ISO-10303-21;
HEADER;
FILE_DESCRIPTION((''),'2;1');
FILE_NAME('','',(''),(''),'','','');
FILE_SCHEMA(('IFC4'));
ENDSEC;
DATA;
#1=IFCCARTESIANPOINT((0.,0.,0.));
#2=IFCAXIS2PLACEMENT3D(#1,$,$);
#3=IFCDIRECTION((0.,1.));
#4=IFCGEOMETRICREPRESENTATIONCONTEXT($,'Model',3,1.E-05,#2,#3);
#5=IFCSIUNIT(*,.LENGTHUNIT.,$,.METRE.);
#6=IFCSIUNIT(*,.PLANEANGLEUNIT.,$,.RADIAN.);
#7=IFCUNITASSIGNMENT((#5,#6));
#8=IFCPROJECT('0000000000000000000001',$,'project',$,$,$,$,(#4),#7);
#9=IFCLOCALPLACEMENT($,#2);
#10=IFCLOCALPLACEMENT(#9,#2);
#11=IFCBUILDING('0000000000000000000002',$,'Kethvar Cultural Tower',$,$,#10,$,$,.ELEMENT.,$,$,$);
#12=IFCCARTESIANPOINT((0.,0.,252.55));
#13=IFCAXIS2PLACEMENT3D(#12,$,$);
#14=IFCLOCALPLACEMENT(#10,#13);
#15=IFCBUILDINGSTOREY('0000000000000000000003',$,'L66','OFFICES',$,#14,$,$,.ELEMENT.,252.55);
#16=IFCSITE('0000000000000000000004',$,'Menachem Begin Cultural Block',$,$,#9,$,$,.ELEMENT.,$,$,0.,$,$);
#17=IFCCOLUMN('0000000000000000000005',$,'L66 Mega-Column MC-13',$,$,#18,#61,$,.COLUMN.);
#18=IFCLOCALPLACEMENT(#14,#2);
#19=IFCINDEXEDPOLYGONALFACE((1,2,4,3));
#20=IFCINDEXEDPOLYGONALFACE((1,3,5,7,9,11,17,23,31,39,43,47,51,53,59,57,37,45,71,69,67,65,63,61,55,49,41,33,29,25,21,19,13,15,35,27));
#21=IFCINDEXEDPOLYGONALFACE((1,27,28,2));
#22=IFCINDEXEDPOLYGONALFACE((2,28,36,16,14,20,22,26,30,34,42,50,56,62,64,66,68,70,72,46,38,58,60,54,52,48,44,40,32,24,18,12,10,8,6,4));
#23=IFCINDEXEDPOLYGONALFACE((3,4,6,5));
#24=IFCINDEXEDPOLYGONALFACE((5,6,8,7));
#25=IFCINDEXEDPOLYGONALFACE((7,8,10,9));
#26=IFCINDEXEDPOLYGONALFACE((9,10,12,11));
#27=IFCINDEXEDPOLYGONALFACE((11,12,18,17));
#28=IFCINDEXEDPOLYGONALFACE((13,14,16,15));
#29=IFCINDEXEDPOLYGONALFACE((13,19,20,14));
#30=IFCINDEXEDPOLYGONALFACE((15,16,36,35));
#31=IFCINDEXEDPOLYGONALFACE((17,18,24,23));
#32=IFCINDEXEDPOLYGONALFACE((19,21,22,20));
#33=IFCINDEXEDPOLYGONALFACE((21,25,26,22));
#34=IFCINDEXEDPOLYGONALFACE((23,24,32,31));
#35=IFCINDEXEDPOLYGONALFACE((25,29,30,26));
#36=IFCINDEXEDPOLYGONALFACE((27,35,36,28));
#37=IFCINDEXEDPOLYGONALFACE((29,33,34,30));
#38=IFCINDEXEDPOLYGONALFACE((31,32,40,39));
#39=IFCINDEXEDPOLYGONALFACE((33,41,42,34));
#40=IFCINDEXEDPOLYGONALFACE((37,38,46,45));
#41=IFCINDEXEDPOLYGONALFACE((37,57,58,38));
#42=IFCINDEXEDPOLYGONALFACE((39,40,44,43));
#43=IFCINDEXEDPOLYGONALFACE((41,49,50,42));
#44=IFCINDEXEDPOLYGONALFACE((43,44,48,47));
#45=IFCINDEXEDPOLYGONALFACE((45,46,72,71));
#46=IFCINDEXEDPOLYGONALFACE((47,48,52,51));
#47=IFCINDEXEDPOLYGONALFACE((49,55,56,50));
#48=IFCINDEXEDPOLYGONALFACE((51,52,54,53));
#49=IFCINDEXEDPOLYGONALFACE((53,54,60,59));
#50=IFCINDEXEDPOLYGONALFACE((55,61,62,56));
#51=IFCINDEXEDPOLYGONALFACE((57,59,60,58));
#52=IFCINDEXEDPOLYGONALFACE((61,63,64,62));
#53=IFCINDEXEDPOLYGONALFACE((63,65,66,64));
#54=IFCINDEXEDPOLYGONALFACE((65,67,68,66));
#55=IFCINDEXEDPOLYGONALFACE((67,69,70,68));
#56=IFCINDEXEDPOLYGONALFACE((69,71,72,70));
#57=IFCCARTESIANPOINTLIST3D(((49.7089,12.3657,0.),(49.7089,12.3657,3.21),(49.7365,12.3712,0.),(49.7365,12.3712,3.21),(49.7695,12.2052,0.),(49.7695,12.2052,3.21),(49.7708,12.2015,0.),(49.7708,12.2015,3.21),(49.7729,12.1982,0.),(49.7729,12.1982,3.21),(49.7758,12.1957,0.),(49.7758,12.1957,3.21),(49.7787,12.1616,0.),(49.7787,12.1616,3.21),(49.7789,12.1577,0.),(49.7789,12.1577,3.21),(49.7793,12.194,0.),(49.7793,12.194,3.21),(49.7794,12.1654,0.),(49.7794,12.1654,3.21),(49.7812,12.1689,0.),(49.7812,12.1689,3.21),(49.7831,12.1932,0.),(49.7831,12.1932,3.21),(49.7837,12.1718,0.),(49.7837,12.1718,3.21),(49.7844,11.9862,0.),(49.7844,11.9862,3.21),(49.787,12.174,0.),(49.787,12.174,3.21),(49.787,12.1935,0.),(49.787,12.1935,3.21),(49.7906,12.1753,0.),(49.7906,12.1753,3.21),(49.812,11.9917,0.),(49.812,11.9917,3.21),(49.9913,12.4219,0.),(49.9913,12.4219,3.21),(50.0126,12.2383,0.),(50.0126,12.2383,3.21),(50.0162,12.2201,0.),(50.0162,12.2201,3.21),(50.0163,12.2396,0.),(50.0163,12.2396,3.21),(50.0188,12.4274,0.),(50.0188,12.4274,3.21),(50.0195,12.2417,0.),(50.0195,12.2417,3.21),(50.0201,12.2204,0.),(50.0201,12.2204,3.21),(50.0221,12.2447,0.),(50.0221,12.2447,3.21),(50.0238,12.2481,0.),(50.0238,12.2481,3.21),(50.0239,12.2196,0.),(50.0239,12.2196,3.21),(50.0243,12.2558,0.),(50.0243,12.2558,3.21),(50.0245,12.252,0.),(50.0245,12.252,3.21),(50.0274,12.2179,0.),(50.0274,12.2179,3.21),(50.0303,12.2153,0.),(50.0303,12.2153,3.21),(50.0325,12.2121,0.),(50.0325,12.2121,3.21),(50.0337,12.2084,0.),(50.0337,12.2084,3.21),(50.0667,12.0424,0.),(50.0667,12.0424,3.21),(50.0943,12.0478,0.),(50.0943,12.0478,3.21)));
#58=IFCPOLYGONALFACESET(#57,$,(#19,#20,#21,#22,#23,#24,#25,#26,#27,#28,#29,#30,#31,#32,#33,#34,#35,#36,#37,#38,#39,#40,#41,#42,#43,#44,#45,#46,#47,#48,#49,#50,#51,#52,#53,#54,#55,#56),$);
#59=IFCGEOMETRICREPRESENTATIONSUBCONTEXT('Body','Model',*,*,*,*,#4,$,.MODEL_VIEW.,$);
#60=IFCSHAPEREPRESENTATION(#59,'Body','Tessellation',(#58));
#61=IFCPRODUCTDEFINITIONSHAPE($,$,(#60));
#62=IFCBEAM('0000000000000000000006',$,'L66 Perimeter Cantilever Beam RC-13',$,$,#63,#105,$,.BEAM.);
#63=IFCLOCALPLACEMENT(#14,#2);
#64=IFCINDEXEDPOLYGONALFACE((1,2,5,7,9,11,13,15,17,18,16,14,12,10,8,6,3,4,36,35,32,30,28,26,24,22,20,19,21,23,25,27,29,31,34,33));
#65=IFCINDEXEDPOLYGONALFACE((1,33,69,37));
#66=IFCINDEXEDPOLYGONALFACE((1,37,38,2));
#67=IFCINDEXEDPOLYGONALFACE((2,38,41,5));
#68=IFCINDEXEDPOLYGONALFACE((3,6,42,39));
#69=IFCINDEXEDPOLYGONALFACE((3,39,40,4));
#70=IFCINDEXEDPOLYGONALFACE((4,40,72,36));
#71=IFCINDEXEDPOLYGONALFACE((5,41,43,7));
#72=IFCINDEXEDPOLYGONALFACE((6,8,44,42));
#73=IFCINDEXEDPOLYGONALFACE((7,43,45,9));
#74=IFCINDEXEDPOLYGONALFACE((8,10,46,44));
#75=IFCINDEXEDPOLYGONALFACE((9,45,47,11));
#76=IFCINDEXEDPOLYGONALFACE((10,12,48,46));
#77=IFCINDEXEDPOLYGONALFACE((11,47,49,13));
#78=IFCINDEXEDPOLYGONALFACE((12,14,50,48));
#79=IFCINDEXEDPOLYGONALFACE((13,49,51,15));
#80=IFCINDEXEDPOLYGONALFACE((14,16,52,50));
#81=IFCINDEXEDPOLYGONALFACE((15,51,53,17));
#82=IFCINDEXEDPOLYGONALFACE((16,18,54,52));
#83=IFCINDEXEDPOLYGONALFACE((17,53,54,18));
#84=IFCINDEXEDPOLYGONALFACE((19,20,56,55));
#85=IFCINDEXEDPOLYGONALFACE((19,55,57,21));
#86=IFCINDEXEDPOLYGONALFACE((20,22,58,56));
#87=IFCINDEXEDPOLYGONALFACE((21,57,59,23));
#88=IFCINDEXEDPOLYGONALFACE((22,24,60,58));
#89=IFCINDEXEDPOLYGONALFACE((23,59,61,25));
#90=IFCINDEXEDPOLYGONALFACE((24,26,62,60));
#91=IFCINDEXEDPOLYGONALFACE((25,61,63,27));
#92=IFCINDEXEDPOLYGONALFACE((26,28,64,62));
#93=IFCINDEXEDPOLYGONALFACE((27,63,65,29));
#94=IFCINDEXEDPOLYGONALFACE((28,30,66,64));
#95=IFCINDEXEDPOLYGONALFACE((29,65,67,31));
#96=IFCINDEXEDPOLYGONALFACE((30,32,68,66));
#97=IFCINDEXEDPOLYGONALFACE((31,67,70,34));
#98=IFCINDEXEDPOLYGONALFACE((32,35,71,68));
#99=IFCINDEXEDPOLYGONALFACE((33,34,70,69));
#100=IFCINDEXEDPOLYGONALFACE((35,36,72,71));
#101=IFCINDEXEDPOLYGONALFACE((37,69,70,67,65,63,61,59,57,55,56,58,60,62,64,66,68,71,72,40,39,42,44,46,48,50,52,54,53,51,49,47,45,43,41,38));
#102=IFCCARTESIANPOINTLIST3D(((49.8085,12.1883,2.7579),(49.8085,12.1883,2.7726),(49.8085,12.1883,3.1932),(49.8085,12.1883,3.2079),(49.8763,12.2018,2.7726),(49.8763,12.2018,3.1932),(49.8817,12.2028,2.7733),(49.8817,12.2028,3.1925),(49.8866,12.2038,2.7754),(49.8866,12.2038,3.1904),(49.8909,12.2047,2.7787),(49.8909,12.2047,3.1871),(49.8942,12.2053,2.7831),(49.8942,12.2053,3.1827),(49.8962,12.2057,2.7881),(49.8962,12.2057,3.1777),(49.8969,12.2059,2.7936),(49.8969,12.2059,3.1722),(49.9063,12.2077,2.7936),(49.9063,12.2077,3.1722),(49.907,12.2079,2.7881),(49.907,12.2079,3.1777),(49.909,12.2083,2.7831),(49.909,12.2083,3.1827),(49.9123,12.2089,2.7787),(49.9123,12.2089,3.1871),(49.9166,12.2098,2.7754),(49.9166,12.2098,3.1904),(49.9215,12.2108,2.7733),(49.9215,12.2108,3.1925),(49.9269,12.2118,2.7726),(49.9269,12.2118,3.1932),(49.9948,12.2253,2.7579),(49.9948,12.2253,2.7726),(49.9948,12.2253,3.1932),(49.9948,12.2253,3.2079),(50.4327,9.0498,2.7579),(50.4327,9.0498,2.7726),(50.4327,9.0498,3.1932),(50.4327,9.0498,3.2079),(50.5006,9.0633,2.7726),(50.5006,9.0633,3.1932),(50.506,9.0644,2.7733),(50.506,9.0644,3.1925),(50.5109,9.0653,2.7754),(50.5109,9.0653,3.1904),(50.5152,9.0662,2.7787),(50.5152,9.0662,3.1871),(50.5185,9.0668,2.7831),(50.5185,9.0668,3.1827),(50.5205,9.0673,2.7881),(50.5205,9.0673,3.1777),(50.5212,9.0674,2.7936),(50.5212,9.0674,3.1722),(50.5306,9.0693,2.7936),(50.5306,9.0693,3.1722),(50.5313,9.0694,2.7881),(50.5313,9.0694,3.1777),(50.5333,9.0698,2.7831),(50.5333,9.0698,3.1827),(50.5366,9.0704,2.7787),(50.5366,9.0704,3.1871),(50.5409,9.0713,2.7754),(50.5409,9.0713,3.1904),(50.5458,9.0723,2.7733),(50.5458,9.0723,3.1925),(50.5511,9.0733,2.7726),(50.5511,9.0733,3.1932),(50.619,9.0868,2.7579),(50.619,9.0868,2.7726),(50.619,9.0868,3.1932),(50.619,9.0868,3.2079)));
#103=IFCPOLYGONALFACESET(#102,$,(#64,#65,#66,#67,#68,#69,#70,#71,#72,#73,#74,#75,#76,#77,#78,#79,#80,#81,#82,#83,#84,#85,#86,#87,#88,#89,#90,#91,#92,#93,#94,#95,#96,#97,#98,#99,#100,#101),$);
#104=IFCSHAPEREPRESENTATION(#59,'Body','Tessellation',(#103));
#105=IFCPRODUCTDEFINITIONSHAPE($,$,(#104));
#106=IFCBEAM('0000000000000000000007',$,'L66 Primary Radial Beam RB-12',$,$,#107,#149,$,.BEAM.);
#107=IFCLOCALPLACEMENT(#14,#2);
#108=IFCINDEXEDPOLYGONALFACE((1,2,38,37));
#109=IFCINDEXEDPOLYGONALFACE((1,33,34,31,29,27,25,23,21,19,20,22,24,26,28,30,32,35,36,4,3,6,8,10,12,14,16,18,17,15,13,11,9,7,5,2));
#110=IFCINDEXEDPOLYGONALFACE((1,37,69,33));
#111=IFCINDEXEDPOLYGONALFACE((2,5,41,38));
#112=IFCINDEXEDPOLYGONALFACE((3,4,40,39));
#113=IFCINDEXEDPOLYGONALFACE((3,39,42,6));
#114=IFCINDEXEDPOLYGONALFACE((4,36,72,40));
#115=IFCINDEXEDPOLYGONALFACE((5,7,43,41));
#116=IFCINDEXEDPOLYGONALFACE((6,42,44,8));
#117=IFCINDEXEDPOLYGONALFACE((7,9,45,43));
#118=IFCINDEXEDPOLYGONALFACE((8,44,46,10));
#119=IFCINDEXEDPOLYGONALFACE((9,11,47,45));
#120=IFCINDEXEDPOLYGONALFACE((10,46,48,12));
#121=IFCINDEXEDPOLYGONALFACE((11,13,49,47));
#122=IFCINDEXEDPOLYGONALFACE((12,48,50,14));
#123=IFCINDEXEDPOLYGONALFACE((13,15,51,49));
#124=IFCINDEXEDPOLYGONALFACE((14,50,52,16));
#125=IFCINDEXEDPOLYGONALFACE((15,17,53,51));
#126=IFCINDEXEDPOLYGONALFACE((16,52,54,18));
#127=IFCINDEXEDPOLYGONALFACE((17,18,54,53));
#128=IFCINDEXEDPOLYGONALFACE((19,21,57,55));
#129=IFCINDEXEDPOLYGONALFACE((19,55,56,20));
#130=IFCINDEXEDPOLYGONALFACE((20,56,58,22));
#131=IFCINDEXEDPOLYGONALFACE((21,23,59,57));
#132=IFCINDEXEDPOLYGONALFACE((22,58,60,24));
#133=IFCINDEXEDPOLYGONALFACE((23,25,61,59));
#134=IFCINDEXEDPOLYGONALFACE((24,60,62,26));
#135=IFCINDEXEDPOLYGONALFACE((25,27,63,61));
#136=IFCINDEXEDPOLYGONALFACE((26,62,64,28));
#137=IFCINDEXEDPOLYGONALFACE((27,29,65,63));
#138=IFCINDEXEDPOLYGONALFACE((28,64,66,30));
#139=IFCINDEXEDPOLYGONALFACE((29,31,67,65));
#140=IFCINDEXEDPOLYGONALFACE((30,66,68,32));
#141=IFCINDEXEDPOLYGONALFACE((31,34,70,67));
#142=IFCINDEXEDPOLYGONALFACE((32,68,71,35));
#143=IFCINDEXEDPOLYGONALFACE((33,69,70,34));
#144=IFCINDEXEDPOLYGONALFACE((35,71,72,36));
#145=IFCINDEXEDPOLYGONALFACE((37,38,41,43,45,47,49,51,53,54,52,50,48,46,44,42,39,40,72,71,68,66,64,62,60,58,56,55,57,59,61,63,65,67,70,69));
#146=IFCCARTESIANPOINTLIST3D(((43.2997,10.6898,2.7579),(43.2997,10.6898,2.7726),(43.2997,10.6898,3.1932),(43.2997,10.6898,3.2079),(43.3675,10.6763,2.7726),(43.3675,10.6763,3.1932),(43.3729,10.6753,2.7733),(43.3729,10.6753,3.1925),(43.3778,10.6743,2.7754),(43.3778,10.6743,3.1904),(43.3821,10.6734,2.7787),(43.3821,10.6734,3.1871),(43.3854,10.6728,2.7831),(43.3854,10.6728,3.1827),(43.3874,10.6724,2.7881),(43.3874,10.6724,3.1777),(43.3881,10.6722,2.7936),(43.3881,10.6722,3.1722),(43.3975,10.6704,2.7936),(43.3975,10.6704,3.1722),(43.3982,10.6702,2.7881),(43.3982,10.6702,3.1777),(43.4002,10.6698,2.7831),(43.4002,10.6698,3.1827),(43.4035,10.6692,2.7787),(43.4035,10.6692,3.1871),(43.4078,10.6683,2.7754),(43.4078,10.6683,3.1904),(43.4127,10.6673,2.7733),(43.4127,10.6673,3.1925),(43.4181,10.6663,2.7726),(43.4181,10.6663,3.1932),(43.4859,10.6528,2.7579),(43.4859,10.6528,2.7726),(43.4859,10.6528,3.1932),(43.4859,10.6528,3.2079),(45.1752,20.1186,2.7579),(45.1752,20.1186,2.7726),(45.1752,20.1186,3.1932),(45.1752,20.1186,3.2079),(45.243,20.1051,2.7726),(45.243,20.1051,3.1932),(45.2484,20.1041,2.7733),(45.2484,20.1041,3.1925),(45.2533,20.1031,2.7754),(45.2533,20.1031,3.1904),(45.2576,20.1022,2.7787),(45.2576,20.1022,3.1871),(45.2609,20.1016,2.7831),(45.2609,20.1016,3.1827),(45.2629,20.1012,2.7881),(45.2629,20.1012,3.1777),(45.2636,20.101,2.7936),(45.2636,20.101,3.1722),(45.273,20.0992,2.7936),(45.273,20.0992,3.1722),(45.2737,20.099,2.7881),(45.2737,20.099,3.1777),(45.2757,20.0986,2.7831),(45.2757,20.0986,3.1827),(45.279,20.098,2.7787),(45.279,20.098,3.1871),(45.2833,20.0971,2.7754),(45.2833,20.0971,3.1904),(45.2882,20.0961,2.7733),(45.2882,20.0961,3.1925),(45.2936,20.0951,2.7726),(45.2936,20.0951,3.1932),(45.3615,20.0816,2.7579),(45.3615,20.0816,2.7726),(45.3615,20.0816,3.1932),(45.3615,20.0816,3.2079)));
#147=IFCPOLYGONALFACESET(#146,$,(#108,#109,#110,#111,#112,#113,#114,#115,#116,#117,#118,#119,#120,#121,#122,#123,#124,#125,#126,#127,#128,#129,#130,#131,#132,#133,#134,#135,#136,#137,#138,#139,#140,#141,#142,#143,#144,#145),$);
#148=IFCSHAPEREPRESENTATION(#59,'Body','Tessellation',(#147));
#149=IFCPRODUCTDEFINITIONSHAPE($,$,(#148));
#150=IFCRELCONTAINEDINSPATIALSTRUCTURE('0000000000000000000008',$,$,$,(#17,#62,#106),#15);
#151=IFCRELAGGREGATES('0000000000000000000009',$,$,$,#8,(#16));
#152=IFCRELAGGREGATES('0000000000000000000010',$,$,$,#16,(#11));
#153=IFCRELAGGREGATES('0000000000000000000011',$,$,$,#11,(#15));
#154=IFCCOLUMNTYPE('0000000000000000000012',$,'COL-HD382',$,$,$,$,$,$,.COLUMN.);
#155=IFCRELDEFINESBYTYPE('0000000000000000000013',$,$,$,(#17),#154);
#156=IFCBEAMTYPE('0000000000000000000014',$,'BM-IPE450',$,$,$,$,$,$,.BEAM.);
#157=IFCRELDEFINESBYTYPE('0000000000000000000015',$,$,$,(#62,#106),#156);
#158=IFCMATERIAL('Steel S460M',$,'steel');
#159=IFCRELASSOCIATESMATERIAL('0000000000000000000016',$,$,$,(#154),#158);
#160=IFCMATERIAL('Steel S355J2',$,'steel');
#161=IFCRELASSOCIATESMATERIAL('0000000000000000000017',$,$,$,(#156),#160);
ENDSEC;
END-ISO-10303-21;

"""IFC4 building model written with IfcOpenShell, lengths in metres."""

from ifc_helpers import new_model, si_unit, direction, frame, origin, origin_2d, place, context, subcontext, project, spatial, i_section, extrude, source, transform, mapped, material, material_profile, profile_set, type_object, element, save


model = new_model("IFC4")

# Units and contexts
model_context = context("Model", 3, precision=1e-05, world=origin(), true_north=direction((0.0, 1.0)))
body_context = subcontext(model_context, "Body", "Model", "MODEL_VIEW")
ifc_project = project(units=[si_unit("LENGTHUNIT", "METRE"), si_unit("PLANEANGLEUNIT", "RADIAN")], contexts=[model_context])

# Site, building, storey
site_placement = place(None, origin())
site = spatial("IfcSite", under=ifc_project, at=site_placement, Name="Menachem Begin Cultural Block", CompositionType="ELEMENT", RefElevation=0.0)
building_placement = place(site_placement, origin())
building = spatial("IfcBuilding", under=site, at=building_placement, Name="Kethvar Cultural Tower", CompositionType="ELEMENT")
storey_placement = place(building_placement, frame((0.0, 0.0, 252.55)))
storey = spatial("IfcBuildingStorey", under=building, at=storey_placement, Name="L66", Description="OFFICES", CompositionType="ELEMENT", Elevation=252.55)

# Column
ifc_material_1 = material(Name="Steel S460M", Category="steel")
ifc_material_profile_1 = material_profile(ifc_material_1, i_section(OverallWidth=0.387, OverallDepth=0.3159, WebThickness=0.0186, FlangeThickness=0.0281, FilletRadius=0.0149, at=origin_2d()), Name="Steel S460M — HD400x382")
ifc_profile_set_1 = profile_set([ifc_material_profile_1], Name="Steel S460M — HD400x382")
column_type = type_object("IfcColumnType", Name="COL-HD382", PredefinedType="COLUMN", material=ifc_profile_set_1)
shared_shape_1 = source(origin(), body_context, "Body", "SweptSolid", [
    extrude(i_section(OverallWidth=0.387, OverallDepth=0.3159, WebThickness=0.0186, FlangeThickness=0.0281, FilletRadius=0.0149, at=origin_2d()), origin(), (0.0, 0.0, 1.0), 3.21),
])
column_placement = place(storey_placement, frame((49.9016, 12.2068, 0.0), z_axis=(0.0, 0.0, 1.0), x_axis=(0.19509, -0.980785, 0.0)))
element("IfcColumn", 1, at=column_placement, inside=storey, type_object=column_type, Name="L66 Mega-Column MC-13", PredefinedType="COLUMN", context=body_context, shape_type="MappedRepresentation", body=[
    mapped(shared_shape_1, transform((0.0, 0.0, 0.0), scale=1.0)),
])

# Beams
ifc_material_2 = material(Name="Steel S355J2", Category="steel")
ifc_material_profile_2 = material_profile(ifc_material_2, i_section(OverallWidth=0.1899, OverallDepth=0.45, WebThickness=0.0095, FlangeThickness=0.0146, FilletRadius=0.021, at=origin_2d()), Name="Steel S355J2 — IPE450")
ifc_profile_set_2 = profile_set([ifc_material_profile_2], Name="Steel S355J2 — IPE450")
beam_type_1 = type_object("IfcBeamType", Name="BM-IPE450", PredefinedType="BEAM", material=ifc_profile_set_2)
shared_shape_2 = source(origin(), body_context, "Body", "SweptSolid", [
    extrude(i_section(OverallWidth=0.1899, OverallDepth=0.45, WebThickness=0.0095, FlangeThickness=0.0146, FilletRadius=0.021, at=origin_2d()), origin(), (0.0, 0.0, 1.0), 3.2),
])
beam_1_placement = place(storey_placement, frame((49.9016, 12.2068, 2.9829), z_axis=(0.195089, -0.980786, 0.0), x_axis=(0.980786, 0.195089, 0.0)))
element("IfcBeam", 2, at=beam_1_placement, inside=storey, type_object=beam_type_1, Name="L66 Perimeter Cantilever Beam RC-13", PredefinedType="BEAM", context=body_context, shape_type="MappedRepresentation", body=[
    mapped(shared_shape_2, transform((0.0, 0.0, 0.0), scale=1.0)),
])
shared_shape_3 = source(origin(), body_context, "Body", "SweptSolid", [
    extrude(i_section(OverallWidth=0.1899, OverallDepth=0.45, WebThickness=0.0095, FlangeThickness=0.0146, FilletRadius=0.021, at=origin_2d()), origin(), (0.0, 0.0, 1.0), 9.6135),
])
beam_2_placement = place(storey_placement, frame((45.2683, 20.1001, 2.9829), z_axis=(-0.19509, -0.980785, 0.0), x_axis=(0.980785, -0.19509, 0.0)))
element("IfcBeam", 3, at=beam_2_placement, inside=storey, type_object=beam_type_1, Name="L66 Primary Radial Beam RB-12", PredefinedType="BEAM", context=body_context, shape_type="MappedRepresentation", body=[
    mapped(shared_shape_3, transform((0.0, 0.0, 0.0), scale=1.0)),
])

save(model, "model.ifc")
